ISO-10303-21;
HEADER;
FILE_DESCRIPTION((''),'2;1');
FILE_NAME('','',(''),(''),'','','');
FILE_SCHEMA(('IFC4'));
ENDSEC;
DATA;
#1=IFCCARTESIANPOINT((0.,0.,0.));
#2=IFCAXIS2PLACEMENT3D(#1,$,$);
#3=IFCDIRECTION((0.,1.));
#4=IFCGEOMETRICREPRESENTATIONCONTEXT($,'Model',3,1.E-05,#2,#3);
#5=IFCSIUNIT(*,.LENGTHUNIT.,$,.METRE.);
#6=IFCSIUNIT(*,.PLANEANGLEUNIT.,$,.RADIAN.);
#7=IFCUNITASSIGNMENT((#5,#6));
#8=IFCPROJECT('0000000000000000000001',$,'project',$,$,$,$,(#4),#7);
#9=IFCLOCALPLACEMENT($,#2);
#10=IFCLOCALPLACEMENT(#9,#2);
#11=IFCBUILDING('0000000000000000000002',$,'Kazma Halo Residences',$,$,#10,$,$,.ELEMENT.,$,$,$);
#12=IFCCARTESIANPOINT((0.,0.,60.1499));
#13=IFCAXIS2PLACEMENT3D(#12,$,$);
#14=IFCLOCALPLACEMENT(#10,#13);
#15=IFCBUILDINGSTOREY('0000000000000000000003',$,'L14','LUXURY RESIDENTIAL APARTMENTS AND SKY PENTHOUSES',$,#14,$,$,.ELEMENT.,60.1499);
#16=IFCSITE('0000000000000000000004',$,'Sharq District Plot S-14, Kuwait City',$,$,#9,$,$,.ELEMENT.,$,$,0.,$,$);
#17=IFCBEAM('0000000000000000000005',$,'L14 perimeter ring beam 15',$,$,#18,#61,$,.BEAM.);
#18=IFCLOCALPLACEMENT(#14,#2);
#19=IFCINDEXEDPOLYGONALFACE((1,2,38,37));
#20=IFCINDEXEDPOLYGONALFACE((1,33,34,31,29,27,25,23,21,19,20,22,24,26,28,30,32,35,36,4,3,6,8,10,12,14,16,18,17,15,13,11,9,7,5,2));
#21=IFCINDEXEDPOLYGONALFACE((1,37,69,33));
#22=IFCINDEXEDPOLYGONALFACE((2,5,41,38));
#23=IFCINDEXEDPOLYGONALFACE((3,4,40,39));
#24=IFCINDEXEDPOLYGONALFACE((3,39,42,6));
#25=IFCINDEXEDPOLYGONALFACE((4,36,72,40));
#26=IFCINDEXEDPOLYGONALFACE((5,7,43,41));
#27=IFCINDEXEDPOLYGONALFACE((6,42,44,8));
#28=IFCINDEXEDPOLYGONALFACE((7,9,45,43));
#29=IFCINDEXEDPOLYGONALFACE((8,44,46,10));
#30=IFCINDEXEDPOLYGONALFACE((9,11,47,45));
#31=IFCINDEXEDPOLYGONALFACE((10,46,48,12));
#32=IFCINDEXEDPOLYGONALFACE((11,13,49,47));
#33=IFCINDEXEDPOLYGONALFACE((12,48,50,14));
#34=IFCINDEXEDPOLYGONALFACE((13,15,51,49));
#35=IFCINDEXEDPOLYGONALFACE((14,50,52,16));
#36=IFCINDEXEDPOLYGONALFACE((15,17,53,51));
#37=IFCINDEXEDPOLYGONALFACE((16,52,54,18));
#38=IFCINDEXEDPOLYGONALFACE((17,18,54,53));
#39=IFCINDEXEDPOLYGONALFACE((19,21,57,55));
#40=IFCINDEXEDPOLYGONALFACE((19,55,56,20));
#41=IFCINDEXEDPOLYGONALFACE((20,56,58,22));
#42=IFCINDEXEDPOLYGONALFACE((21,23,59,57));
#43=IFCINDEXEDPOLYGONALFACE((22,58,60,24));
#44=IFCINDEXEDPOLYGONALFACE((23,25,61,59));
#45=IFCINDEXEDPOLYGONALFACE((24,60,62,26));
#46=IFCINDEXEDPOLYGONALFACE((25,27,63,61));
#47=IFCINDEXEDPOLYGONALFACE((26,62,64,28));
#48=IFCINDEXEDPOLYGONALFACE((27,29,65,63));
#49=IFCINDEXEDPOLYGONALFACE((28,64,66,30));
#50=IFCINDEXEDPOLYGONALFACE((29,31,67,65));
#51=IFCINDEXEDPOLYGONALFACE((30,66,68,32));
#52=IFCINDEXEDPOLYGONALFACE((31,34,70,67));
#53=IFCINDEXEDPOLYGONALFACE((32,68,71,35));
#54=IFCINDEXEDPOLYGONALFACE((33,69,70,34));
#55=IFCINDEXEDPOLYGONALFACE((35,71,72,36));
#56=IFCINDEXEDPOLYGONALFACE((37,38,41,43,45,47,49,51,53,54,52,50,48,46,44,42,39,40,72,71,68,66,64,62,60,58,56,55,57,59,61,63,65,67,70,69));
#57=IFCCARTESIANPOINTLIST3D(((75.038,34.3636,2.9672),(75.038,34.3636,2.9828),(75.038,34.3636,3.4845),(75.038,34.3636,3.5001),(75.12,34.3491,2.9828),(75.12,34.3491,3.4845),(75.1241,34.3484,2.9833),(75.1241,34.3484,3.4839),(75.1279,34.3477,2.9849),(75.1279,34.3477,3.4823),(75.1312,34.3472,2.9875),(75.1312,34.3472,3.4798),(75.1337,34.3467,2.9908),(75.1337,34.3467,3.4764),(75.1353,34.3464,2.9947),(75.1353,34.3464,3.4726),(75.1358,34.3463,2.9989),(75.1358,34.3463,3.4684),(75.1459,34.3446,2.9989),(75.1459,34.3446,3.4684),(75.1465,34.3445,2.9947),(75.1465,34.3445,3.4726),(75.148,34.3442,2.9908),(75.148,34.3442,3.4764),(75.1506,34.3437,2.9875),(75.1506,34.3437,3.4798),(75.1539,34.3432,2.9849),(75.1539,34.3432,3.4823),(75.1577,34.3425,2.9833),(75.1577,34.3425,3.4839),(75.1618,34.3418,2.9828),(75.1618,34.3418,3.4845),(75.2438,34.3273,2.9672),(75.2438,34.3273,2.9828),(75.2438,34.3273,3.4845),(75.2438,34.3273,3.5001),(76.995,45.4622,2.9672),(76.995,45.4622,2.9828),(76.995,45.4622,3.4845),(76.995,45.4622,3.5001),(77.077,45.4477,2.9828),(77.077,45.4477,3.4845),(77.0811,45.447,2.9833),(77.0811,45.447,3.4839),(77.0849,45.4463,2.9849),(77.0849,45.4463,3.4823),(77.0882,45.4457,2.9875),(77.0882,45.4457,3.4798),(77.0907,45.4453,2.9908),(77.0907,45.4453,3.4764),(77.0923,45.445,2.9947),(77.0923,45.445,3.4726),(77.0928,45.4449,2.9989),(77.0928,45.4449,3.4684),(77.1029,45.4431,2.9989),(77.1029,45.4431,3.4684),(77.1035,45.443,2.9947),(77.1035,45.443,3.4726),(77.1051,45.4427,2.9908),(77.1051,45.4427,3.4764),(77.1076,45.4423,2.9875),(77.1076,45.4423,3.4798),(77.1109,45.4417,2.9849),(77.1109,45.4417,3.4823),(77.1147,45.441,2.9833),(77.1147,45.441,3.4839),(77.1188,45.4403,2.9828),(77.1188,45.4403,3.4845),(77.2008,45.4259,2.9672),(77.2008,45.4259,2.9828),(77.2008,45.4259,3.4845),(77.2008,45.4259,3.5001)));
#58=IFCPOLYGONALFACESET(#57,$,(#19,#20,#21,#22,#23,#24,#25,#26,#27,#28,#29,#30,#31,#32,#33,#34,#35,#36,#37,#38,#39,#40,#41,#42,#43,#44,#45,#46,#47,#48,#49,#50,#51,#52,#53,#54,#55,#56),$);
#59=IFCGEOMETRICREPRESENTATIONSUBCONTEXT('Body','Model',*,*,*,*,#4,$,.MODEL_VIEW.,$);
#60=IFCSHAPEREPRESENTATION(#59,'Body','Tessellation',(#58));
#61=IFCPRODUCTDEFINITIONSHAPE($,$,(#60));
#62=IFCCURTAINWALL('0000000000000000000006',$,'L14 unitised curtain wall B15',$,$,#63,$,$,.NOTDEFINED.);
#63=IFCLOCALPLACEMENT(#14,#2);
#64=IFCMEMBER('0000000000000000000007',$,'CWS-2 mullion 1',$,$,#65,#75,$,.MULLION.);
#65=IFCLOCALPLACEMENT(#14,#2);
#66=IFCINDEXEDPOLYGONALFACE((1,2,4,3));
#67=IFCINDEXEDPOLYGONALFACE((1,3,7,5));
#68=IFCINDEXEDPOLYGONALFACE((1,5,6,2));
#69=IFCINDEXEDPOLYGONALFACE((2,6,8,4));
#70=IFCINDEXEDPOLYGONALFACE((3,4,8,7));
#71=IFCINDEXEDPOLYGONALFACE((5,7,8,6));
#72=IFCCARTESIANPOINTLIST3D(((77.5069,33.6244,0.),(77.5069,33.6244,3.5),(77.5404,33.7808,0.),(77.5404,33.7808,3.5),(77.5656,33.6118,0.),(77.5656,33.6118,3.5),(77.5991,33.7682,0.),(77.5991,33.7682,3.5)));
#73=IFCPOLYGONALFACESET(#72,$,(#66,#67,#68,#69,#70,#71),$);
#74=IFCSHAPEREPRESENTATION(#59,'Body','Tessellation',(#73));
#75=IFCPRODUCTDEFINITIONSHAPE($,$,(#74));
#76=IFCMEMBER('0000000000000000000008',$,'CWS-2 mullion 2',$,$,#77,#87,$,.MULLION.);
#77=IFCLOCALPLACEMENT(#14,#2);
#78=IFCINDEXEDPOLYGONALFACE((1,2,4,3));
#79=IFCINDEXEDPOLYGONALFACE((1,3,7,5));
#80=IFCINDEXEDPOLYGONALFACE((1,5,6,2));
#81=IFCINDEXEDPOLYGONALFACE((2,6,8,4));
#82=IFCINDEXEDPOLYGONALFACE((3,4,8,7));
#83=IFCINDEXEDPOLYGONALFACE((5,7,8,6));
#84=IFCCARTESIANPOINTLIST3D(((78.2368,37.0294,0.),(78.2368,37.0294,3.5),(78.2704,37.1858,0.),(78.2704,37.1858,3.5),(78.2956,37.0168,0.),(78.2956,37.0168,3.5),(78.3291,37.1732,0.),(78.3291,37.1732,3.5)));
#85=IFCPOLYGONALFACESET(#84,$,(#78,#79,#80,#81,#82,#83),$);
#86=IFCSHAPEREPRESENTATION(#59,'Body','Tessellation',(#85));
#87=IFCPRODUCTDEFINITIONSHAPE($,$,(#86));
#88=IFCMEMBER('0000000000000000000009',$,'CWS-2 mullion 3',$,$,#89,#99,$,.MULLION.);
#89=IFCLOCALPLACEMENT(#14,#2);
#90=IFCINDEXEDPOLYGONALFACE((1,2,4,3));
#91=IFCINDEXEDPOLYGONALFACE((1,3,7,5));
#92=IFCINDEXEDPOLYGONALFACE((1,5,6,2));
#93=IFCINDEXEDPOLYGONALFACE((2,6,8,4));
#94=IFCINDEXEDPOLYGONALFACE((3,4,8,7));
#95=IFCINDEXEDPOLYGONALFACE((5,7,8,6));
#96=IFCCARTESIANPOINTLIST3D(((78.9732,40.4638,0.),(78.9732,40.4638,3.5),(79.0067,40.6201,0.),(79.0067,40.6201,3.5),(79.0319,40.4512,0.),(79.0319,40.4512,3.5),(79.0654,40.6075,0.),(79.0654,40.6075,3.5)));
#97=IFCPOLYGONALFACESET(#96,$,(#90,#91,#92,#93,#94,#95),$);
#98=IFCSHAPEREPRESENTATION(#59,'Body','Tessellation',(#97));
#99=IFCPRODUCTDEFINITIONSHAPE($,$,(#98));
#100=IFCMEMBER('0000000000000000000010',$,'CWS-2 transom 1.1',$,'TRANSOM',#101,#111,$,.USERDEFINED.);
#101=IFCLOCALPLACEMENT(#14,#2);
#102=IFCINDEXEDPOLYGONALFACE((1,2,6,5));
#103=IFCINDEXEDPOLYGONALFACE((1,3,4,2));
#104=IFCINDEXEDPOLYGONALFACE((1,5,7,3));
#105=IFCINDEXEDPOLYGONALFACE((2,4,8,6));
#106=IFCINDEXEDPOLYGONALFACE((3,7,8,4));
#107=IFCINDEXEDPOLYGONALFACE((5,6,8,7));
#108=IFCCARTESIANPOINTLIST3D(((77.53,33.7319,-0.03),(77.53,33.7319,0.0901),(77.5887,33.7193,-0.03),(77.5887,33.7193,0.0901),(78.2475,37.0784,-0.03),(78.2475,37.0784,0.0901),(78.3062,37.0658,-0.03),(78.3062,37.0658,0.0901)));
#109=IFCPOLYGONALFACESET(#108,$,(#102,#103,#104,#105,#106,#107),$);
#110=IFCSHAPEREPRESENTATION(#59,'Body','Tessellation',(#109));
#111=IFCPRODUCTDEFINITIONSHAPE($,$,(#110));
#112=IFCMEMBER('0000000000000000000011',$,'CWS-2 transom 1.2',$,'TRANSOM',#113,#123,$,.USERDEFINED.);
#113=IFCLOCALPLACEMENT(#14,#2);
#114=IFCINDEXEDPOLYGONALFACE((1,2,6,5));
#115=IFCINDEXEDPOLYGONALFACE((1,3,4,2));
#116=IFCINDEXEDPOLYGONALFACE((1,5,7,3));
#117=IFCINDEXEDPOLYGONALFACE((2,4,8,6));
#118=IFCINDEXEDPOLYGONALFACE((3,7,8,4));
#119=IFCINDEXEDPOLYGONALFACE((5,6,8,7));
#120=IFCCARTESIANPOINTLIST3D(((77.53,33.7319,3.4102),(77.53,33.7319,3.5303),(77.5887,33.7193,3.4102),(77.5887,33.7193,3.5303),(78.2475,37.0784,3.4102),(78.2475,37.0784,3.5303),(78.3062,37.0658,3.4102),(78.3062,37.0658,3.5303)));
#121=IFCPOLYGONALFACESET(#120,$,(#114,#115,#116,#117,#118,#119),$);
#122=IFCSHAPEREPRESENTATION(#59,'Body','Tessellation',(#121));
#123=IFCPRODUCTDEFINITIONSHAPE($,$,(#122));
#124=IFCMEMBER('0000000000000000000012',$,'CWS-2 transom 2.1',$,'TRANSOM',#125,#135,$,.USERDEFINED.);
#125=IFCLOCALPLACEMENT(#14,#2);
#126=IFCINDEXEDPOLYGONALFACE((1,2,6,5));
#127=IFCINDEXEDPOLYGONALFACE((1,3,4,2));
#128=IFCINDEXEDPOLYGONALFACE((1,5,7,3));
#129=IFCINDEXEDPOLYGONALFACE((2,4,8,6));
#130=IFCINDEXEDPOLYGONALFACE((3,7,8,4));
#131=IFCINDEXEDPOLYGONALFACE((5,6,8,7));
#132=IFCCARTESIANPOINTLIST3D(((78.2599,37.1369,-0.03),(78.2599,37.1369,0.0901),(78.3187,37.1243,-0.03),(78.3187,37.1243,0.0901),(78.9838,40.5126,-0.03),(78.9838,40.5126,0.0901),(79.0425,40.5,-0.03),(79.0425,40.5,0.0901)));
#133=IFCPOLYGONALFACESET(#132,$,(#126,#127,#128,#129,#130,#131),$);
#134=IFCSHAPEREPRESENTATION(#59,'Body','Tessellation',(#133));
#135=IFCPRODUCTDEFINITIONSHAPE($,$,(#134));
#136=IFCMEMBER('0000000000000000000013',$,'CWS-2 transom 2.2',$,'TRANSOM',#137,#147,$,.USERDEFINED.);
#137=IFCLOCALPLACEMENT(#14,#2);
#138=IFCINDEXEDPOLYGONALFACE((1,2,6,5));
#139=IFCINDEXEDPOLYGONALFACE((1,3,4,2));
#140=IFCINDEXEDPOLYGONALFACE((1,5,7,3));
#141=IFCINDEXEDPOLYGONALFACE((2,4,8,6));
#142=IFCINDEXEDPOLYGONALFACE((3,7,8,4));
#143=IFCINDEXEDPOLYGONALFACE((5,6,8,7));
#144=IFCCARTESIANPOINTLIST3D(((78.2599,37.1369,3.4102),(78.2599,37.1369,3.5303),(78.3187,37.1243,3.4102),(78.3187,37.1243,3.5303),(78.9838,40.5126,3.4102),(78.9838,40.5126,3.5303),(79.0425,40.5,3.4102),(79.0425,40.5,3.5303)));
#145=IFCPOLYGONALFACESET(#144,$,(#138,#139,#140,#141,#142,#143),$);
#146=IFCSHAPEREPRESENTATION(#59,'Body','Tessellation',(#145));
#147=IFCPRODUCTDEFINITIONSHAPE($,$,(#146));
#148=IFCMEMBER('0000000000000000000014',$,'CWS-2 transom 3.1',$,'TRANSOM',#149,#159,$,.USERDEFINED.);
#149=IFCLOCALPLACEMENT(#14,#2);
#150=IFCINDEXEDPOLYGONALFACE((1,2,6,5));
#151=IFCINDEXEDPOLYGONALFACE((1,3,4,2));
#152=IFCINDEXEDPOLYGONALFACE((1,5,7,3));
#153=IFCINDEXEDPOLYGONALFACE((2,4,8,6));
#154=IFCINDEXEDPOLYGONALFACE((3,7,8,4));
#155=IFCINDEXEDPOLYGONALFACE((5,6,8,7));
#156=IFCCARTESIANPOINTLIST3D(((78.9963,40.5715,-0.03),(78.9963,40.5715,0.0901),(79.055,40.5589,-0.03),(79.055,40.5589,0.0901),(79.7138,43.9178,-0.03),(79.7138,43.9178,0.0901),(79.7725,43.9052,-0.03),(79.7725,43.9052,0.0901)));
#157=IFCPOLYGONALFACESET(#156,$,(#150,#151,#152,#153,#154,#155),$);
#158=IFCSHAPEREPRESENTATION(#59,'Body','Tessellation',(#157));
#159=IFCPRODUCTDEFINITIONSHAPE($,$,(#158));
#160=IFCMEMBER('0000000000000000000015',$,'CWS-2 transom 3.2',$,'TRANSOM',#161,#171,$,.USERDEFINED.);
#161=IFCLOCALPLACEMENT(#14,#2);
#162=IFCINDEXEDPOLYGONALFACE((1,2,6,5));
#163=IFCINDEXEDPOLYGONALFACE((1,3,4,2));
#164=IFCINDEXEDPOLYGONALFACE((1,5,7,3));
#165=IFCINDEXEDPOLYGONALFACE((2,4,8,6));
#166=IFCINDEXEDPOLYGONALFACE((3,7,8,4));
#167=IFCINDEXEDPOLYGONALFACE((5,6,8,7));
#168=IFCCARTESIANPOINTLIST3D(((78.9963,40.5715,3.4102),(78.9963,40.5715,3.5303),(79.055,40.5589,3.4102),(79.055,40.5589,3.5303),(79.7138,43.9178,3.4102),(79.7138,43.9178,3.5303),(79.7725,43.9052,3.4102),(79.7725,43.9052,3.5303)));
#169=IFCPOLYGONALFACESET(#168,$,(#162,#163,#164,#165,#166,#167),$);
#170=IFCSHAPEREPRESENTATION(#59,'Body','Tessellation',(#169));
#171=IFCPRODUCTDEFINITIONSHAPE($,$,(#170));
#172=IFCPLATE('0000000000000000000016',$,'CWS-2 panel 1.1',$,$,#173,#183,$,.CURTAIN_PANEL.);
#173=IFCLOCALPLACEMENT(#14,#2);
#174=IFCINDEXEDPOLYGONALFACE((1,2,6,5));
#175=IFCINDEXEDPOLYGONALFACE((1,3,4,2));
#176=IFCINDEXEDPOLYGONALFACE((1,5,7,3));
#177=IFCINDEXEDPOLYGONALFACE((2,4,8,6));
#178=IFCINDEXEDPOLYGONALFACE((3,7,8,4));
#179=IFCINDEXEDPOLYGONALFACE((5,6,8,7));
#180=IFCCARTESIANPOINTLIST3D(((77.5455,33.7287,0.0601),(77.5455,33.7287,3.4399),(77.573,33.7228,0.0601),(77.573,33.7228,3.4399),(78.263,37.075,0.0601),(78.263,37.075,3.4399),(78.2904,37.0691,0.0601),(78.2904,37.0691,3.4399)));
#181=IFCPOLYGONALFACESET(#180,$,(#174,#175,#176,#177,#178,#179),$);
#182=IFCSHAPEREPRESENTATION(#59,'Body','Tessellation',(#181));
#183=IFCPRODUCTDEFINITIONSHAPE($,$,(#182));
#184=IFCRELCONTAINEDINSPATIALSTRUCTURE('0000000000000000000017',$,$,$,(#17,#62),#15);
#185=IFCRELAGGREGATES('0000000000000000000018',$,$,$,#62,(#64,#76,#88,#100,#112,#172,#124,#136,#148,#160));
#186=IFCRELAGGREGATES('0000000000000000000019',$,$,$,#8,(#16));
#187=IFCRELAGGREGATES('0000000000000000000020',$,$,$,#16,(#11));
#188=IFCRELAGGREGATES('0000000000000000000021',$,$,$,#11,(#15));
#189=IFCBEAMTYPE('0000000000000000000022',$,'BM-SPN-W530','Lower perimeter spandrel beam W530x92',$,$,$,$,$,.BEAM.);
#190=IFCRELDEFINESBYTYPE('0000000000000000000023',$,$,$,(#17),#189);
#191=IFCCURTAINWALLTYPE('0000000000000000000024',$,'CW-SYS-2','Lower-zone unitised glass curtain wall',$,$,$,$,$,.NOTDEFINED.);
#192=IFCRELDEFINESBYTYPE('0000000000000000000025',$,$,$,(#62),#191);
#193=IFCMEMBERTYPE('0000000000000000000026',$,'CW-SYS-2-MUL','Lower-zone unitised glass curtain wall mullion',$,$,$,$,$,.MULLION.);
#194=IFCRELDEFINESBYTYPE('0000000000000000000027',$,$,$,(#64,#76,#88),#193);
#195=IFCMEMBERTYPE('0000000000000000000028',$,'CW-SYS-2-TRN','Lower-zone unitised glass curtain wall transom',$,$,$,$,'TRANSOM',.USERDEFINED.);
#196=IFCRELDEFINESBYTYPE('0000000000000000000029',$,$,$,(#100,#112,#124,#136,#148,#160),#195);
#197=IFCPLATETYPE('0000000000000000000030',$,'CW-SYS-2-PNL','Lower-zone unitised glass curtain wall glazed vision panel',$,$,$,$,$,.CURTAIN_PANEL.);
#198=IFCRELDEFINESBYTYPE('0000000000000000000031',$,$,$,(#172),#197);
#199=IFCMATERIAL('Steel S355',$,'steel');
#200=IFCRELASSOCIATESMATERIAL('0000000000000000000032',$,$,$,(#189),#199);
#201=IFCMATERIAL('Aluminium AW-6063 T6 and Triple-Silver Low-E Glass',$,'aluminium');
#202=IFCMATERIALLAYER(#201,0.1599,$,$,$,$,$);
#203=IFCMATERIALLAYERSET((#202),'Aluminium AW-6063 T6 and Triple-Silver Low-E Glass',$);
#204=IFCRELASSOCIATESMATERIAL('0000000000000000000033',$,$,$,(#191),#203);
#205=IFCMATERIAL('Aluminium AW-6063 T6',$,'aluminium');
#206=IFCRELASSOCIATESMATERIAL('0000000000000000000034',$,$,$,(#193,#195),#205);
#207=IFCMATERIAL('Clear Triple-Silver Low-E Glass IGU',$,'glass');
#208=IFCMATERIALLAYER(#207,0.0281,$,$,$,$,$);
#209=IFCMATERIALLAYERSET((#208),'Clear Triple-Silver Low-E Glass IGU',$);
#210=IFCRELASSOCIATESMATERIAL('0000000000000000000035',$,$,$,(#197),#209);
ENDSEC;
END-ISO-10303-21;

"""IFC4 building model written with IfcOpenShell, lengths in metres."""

from ifc_helpers import new_model, si_unit, direction, frame, origin, origin_2d, place, context, subcontext, project, spatial, rectangle, i_section, extrude, material, layer, layer_set, material_profile, profile_set, type_object, element, aggregate, save


model = new_model("IFC4")

# Units and contexts
model_context = context("Model", 3, precision=1e-05, world=origin(), true_north=direction((0.0, 1.0)))
body_context = subcontext(model_context, "Body", "Model", "MODEL_VIEW")
ifc_project = project(units=[si_unit("LENGTHUNIT", "METRE"), si_unit("PLANEANGLEUNIT", "RADIAN")], contexts=[model_context])

# Site, building, storey
site_placement = place(None, origin())
site = spatial("IfcSite", under=ifc_project, at=site_placement, Name="Sharq District Plot S-14, Kuwait City", CompositionType="ELEMENT", RefElevation=0.0)
building_placement = place(site_placement, origin())
building = spatial("IfcBuilding", under=site, at=building_placement, Name="Kazma Halo Residences", CompositionType="ELEMENT")
storey_placement = place(building_placement, frame((0.0, 0.0, 60.1499)))
storey = spatial("IfcBuildingStorey", under=building, at=storey_placement, Name="L14", Description="LUXURY RESIDENTIAL APARTMENTS AND SKY PENTHOUSES", CompositionType="ELEMENT", Elevation=60.1499)

# Beam
ifc_material_1 = material(Name="Steel S355", Category="steel")
ifc_material_profile_1 = material_profile(ifc_material_1, i_section(OverallWidth=0.209, OverallDepth=0.533, WebThickness=0.0103, FlangeThickness=0.0156, FilletRadius=0.0161, at=origin_2d()), Name="W530x92")
ifc_profile_set_1 = profile_set([ifc_material_profile_1], Name="Steel S355")
beam_type_1 = type_object("IfcBeamType", Name="BM-SPN-W530", Description="Lower perimeter spandrel beam W530x92", PredefinedType="BEAM", material=ifc_profile_set_1)
beam_1_placement = place(storey_placement, frame((75.1409, 34.3455, 3.2336), z_axis=(0.173652, 0.984807, 0.0), x_axis=(-0.984807, 0.173652, 0.0)))
element("IfcBeam", 1, at=beam_1_placement, inside=storey, type_object=beam_type_1, Name="L14 perimeter ring beam 15", PredefinedType="BEAM", context=body_context, shape_type="SweptSolid", body=[
    extrude(i_section(OverallWidth=0.209, OverallDepth=0.533, WebThickness=0.0103, FlangeThickness=0.0156, FilletRadius=0.0161, at=origin_2d()), origin(), (0.0, 0.0, 1.0), 11.2698),
])

# Curtain wall, members, plate
ifc_material_2 = material(Name="Aluminium AW-6063 T6 and Triple-Silver Low-E Glass", Category="aluminium")
ifc_layer_1 = layer(ifc_material_2, 0.1599)
ifc_layer_set_1 = layer_set([ifc_layer_1], Name="Aluminium AW-6063 T6 and Triple-Silver Low-E Glass")
curtain_wall_type = type_object("IfcCurtainWallType", Name="CW-SYS-2", Description="Lower-zone unitised glass curtain wall", PredefinedType="NOTDEFINED", material=ifc_layer_set_1)
curtain_wall_placement = place(storey_placement, origin())
curtain_wall = element("IfcCurtainWall", 2, at=curtain_wall_placement, inside=storey, type_object=curtain_wall_type, Name="L14 unitised curtain wall B15", PredefinedType="NOTDEFINED")
ifc_material_3 = material(Name="Aluminium AW-6063 T6", Category="aluminium")
ifc_material_profile_2 = material_profile(ifc_material_3, rectangle(XDim=0.0601, YDim=0.1599, at=origin_2d()), Name="CWM-60x160")
ifc_profile_set_2 = profile_set([ifc_material_profile_2], Name="Aluminium AW-6063 T6")
member_type_1 = type_object("IfcMemberType", Name="CW-SYS-2-MUL", Description="Lower-zone unitised glass curtain wall mullion", PredefinedType="MULLION", material=ifc_profile_set_2)
member_1_placement = place(storey_placement, frame((77.553, 33.6963, 0.0), z_axis=(0.0, 0.0, 1.0), x_axis=(-0.977779, 0.209637, 0.0)))
member_1 = element("IfcMember", 3, at=member_1_placement, type_object=member_type_1, Name="CWS-2 mullion 1", PredefinedType="MULLION", context=body_context, shape_type="SweptSolid", body=[
    extrude(rectangle(XDim=0.0601, YDim=0.1599, at=origin_2d()), origin(), (0.0, 0.0, 1.0), 3.5),
])
member_2_placement = place(storey_placement, frame((78.283, 37.1013, 0.0), z_axis=(0.0, 0.0, 1.0), x_axis=(-0.977779, 0.209637, 0.0)))
member_2 = element("IfcMember", 4, at=member_2_placement, type_object=member_type_1, Name="CWS-2 mullion 2", PredefinedType="MULLION", context=body_context, shape_type="SweptSolid", body=[
    extrude(rectangle(XDim=0.0601, YDim=0.1599, at=origin_2d()), origin(), (0.0, 0.0, 1.0), 3.5),
])
member_3_placement = place(storey_placement, frame((79.0193, 40.5356, 0.0), z_axis=(0.0, 0.0, 1.0), x_axis=(-0.977779, 0.209637, 0.0)))
member_3 = element("IfcMember", 5, at=member_3_placement, type_object=member_type_1, Name="CWS-2 mullion 3", PredefinedType="MULLION", context=body_context, shape_type="SweptSolid", body=[
    extrude(rectangle(XDim=0.0601, YDim=0.1599, at=origin_2d()), origin(), (0.0, 0.0, 1.0), 3.5),
])
ifc_material_profile_3 = material_profile(ifc_material_3, rectangle(XDim=0.0601, YDim=0.1201, at=origin_2d()), Name="CWT-60x120")
ifc_profile_set_3 = profile_set([ifc_material_profile_3], Name="Aluminium AW-6063 T6")
member_type_2 = type_object("IfcMemberType", Name="CW-SYS-2-TRN", Description="Lower-zone unitised glass curtain wall transom", ElementType="TRANSOM", PredefinedType="USERDEFINED", material=ifc_profile_set_3)
member_4_placement = place(storey_placement, frame((77.5593, 33.7256, 0.03), z_axis=(0.209651, 0.977776, 0.0), x_axis=(-0.977776, 0.209651, 0.0)))
member_4 = element("IfcMember", 6, at=member_4_placement, type_object=member_type_2, Name="CWS-2 transom 1.1", ObjectType="TRANSOM", PredefinedType="USERDEFINED", context=body_context, shape_type="SweptSolid", body=[
    extrude(rectangle(XDim=0.0601, YDim=0.1201, at=origin_2d()), origin(), (0.0, 0.0, 1.0), 3.4226),
])
member_5_placement = place(storey_placement, frame((77.5593, 33.7256, 3.4702), z_axis=(0.209651, 0.977776, 0.0), x_axis=(-0.977776, 0.209651, 0.0)))
member_5 = element("IfcMember", 7, at=member_5_placement, type_object=member_type_2, Name="CWS-2 transom 1.2", ObjectType="TRANSOM", PredefinedType="USERDEFINED", context=body_context, shape_type="SweptSolid", body=[
    extrude(rectangle(XDim=0.0601, YDim=0.1201, at=origin_2d()), origin(), (0.0, 0.0, 1.0), 3.4226),
])
member_6_placement = place(storey_placement, frame((78.2893, 37.1306, 0.03), z_axis=(0.209669, 0.977772, 0.0), x_axis=(-0.977772, 0.209669, 0.0)))
member_6 = element("IfcMember", 8, at=member_6_placement, type_object=member_type_2, Name="CWS-2 transom 2.1", ObjectType="TRANSOM", PredefinedType="USERDEFINED", context=body_context, shape_type="SweptSolid", body=[
    extrude(rectangle(XDim=0.0601, YDim=0.1201, at=origin_2d()), origin(), (0.0, 0.0, 1.0), 3.4524),
])
member_7_placement = place(storey_placement, frame((78.2893, 37.1306, 3.4702), z_axis=(0.209669, 0.977772, 0.0), x_axis=(-0.977772, 0.209669, 0.0)))
member_7 = element("IfcMember", 9, at=member_7_placement, type_object=member_type_2, Name="CWS-2 transom 2.2", ObjectType="TRANSOM", PredefinedType="USERDEFINED", context=body_context, shape_type="SweptSolid", body=[
    extrude(rectangle(XDim=0.0601, YDim=0.1201, at=origin_2d()), origin(), (0.0, 0.0, 1.0), 3.4524),
])
member_8_placement = place(storey_placement, frame((79.0256, 40.5652, 0.03), z_axis=(0.209666, 0.977773, 0.0), x_axis=(-0.977773, 0.209666, 0.0)))
member_8 = element("IfcMember", 10, at=member_8_placement, type_object=member_type_2, Name="CWS-2 transom 3.1", ObjectType="TRANSOM", PredefinedType="USERDEFINED", context=body_context, shape_type="SweptSolid", body=[
    extrude(rectangle(XDim=0.0601, YDim=0.1201, at=origin_2d()), origin(), (0.0, 0.0, 1.0), 3.4224),
])
member_9_placement = place(storey_placement, frame((79.0256, 40.5652, 3.4702), z_axis=(0.209666, 0.977773, 0.0), x_axis=(-0.977773, 0.209666, 0.0)))
member_9 = element("IfcMember", 11, at=member_9_placement, type_object=member_type_2, Name="CWS-2 transom 3.2", ObjectType="TRANSOM", PredefinedType="USERDEFINED", context=body_context, shape_type="SweptSolid", body=[
    extrude(rectangle(XDim=0.0601, YDim=0.1201, at=origin_2d()), origin(), (0.0, 0.0, 1.0), 3.4224),
])
ifc_material_4 = material(Name="Clear Triple-Silver Low-E Glass IGU", Category="glass")
ifc_layer_2 = layer(ifc_material_4, 0.0281)
ifc_layer_set_2 = layer_set([ifc_layer_2], Name="Clear Triple-Silver Low-E Glass IGU")
plate_type = type_object("IfcPlateType", Name="CW-SYS-2-PNL", Description="Lower-zone unitised glass curtain wall glazed vision panel", PredefinedType="CURTAIN_PANEL", material=ifc_layer_set_2)
plate_1_placement = place(storey_placement, frame((77.918, 35.3989, 0.0601), z_axis=(0.0, 0.0, 1.0), x_axis=(0.209637, 0.977779, 0.0)))
plate_1 = element("IfcPlate", 12, at=plate_1_placement, type_object=plate_type, Name="CWS-2 panel 1.1", PredefinedType="CURTAIN_PANEL", context=body_context, shape_type="SweptSolid", body=[
    extrude(rectangle(XDim=3.4224, YDim=0.0281, at=origin_2d()), origin(), (0.0, 0.0, 1.0), 3.3799),
])
aggregate(curtain_wall, [member_1, member_2, member_3, member_4, member_5, plate_1, member_6, member_7, member_8, member_9])

save(model, "model.ifc")
